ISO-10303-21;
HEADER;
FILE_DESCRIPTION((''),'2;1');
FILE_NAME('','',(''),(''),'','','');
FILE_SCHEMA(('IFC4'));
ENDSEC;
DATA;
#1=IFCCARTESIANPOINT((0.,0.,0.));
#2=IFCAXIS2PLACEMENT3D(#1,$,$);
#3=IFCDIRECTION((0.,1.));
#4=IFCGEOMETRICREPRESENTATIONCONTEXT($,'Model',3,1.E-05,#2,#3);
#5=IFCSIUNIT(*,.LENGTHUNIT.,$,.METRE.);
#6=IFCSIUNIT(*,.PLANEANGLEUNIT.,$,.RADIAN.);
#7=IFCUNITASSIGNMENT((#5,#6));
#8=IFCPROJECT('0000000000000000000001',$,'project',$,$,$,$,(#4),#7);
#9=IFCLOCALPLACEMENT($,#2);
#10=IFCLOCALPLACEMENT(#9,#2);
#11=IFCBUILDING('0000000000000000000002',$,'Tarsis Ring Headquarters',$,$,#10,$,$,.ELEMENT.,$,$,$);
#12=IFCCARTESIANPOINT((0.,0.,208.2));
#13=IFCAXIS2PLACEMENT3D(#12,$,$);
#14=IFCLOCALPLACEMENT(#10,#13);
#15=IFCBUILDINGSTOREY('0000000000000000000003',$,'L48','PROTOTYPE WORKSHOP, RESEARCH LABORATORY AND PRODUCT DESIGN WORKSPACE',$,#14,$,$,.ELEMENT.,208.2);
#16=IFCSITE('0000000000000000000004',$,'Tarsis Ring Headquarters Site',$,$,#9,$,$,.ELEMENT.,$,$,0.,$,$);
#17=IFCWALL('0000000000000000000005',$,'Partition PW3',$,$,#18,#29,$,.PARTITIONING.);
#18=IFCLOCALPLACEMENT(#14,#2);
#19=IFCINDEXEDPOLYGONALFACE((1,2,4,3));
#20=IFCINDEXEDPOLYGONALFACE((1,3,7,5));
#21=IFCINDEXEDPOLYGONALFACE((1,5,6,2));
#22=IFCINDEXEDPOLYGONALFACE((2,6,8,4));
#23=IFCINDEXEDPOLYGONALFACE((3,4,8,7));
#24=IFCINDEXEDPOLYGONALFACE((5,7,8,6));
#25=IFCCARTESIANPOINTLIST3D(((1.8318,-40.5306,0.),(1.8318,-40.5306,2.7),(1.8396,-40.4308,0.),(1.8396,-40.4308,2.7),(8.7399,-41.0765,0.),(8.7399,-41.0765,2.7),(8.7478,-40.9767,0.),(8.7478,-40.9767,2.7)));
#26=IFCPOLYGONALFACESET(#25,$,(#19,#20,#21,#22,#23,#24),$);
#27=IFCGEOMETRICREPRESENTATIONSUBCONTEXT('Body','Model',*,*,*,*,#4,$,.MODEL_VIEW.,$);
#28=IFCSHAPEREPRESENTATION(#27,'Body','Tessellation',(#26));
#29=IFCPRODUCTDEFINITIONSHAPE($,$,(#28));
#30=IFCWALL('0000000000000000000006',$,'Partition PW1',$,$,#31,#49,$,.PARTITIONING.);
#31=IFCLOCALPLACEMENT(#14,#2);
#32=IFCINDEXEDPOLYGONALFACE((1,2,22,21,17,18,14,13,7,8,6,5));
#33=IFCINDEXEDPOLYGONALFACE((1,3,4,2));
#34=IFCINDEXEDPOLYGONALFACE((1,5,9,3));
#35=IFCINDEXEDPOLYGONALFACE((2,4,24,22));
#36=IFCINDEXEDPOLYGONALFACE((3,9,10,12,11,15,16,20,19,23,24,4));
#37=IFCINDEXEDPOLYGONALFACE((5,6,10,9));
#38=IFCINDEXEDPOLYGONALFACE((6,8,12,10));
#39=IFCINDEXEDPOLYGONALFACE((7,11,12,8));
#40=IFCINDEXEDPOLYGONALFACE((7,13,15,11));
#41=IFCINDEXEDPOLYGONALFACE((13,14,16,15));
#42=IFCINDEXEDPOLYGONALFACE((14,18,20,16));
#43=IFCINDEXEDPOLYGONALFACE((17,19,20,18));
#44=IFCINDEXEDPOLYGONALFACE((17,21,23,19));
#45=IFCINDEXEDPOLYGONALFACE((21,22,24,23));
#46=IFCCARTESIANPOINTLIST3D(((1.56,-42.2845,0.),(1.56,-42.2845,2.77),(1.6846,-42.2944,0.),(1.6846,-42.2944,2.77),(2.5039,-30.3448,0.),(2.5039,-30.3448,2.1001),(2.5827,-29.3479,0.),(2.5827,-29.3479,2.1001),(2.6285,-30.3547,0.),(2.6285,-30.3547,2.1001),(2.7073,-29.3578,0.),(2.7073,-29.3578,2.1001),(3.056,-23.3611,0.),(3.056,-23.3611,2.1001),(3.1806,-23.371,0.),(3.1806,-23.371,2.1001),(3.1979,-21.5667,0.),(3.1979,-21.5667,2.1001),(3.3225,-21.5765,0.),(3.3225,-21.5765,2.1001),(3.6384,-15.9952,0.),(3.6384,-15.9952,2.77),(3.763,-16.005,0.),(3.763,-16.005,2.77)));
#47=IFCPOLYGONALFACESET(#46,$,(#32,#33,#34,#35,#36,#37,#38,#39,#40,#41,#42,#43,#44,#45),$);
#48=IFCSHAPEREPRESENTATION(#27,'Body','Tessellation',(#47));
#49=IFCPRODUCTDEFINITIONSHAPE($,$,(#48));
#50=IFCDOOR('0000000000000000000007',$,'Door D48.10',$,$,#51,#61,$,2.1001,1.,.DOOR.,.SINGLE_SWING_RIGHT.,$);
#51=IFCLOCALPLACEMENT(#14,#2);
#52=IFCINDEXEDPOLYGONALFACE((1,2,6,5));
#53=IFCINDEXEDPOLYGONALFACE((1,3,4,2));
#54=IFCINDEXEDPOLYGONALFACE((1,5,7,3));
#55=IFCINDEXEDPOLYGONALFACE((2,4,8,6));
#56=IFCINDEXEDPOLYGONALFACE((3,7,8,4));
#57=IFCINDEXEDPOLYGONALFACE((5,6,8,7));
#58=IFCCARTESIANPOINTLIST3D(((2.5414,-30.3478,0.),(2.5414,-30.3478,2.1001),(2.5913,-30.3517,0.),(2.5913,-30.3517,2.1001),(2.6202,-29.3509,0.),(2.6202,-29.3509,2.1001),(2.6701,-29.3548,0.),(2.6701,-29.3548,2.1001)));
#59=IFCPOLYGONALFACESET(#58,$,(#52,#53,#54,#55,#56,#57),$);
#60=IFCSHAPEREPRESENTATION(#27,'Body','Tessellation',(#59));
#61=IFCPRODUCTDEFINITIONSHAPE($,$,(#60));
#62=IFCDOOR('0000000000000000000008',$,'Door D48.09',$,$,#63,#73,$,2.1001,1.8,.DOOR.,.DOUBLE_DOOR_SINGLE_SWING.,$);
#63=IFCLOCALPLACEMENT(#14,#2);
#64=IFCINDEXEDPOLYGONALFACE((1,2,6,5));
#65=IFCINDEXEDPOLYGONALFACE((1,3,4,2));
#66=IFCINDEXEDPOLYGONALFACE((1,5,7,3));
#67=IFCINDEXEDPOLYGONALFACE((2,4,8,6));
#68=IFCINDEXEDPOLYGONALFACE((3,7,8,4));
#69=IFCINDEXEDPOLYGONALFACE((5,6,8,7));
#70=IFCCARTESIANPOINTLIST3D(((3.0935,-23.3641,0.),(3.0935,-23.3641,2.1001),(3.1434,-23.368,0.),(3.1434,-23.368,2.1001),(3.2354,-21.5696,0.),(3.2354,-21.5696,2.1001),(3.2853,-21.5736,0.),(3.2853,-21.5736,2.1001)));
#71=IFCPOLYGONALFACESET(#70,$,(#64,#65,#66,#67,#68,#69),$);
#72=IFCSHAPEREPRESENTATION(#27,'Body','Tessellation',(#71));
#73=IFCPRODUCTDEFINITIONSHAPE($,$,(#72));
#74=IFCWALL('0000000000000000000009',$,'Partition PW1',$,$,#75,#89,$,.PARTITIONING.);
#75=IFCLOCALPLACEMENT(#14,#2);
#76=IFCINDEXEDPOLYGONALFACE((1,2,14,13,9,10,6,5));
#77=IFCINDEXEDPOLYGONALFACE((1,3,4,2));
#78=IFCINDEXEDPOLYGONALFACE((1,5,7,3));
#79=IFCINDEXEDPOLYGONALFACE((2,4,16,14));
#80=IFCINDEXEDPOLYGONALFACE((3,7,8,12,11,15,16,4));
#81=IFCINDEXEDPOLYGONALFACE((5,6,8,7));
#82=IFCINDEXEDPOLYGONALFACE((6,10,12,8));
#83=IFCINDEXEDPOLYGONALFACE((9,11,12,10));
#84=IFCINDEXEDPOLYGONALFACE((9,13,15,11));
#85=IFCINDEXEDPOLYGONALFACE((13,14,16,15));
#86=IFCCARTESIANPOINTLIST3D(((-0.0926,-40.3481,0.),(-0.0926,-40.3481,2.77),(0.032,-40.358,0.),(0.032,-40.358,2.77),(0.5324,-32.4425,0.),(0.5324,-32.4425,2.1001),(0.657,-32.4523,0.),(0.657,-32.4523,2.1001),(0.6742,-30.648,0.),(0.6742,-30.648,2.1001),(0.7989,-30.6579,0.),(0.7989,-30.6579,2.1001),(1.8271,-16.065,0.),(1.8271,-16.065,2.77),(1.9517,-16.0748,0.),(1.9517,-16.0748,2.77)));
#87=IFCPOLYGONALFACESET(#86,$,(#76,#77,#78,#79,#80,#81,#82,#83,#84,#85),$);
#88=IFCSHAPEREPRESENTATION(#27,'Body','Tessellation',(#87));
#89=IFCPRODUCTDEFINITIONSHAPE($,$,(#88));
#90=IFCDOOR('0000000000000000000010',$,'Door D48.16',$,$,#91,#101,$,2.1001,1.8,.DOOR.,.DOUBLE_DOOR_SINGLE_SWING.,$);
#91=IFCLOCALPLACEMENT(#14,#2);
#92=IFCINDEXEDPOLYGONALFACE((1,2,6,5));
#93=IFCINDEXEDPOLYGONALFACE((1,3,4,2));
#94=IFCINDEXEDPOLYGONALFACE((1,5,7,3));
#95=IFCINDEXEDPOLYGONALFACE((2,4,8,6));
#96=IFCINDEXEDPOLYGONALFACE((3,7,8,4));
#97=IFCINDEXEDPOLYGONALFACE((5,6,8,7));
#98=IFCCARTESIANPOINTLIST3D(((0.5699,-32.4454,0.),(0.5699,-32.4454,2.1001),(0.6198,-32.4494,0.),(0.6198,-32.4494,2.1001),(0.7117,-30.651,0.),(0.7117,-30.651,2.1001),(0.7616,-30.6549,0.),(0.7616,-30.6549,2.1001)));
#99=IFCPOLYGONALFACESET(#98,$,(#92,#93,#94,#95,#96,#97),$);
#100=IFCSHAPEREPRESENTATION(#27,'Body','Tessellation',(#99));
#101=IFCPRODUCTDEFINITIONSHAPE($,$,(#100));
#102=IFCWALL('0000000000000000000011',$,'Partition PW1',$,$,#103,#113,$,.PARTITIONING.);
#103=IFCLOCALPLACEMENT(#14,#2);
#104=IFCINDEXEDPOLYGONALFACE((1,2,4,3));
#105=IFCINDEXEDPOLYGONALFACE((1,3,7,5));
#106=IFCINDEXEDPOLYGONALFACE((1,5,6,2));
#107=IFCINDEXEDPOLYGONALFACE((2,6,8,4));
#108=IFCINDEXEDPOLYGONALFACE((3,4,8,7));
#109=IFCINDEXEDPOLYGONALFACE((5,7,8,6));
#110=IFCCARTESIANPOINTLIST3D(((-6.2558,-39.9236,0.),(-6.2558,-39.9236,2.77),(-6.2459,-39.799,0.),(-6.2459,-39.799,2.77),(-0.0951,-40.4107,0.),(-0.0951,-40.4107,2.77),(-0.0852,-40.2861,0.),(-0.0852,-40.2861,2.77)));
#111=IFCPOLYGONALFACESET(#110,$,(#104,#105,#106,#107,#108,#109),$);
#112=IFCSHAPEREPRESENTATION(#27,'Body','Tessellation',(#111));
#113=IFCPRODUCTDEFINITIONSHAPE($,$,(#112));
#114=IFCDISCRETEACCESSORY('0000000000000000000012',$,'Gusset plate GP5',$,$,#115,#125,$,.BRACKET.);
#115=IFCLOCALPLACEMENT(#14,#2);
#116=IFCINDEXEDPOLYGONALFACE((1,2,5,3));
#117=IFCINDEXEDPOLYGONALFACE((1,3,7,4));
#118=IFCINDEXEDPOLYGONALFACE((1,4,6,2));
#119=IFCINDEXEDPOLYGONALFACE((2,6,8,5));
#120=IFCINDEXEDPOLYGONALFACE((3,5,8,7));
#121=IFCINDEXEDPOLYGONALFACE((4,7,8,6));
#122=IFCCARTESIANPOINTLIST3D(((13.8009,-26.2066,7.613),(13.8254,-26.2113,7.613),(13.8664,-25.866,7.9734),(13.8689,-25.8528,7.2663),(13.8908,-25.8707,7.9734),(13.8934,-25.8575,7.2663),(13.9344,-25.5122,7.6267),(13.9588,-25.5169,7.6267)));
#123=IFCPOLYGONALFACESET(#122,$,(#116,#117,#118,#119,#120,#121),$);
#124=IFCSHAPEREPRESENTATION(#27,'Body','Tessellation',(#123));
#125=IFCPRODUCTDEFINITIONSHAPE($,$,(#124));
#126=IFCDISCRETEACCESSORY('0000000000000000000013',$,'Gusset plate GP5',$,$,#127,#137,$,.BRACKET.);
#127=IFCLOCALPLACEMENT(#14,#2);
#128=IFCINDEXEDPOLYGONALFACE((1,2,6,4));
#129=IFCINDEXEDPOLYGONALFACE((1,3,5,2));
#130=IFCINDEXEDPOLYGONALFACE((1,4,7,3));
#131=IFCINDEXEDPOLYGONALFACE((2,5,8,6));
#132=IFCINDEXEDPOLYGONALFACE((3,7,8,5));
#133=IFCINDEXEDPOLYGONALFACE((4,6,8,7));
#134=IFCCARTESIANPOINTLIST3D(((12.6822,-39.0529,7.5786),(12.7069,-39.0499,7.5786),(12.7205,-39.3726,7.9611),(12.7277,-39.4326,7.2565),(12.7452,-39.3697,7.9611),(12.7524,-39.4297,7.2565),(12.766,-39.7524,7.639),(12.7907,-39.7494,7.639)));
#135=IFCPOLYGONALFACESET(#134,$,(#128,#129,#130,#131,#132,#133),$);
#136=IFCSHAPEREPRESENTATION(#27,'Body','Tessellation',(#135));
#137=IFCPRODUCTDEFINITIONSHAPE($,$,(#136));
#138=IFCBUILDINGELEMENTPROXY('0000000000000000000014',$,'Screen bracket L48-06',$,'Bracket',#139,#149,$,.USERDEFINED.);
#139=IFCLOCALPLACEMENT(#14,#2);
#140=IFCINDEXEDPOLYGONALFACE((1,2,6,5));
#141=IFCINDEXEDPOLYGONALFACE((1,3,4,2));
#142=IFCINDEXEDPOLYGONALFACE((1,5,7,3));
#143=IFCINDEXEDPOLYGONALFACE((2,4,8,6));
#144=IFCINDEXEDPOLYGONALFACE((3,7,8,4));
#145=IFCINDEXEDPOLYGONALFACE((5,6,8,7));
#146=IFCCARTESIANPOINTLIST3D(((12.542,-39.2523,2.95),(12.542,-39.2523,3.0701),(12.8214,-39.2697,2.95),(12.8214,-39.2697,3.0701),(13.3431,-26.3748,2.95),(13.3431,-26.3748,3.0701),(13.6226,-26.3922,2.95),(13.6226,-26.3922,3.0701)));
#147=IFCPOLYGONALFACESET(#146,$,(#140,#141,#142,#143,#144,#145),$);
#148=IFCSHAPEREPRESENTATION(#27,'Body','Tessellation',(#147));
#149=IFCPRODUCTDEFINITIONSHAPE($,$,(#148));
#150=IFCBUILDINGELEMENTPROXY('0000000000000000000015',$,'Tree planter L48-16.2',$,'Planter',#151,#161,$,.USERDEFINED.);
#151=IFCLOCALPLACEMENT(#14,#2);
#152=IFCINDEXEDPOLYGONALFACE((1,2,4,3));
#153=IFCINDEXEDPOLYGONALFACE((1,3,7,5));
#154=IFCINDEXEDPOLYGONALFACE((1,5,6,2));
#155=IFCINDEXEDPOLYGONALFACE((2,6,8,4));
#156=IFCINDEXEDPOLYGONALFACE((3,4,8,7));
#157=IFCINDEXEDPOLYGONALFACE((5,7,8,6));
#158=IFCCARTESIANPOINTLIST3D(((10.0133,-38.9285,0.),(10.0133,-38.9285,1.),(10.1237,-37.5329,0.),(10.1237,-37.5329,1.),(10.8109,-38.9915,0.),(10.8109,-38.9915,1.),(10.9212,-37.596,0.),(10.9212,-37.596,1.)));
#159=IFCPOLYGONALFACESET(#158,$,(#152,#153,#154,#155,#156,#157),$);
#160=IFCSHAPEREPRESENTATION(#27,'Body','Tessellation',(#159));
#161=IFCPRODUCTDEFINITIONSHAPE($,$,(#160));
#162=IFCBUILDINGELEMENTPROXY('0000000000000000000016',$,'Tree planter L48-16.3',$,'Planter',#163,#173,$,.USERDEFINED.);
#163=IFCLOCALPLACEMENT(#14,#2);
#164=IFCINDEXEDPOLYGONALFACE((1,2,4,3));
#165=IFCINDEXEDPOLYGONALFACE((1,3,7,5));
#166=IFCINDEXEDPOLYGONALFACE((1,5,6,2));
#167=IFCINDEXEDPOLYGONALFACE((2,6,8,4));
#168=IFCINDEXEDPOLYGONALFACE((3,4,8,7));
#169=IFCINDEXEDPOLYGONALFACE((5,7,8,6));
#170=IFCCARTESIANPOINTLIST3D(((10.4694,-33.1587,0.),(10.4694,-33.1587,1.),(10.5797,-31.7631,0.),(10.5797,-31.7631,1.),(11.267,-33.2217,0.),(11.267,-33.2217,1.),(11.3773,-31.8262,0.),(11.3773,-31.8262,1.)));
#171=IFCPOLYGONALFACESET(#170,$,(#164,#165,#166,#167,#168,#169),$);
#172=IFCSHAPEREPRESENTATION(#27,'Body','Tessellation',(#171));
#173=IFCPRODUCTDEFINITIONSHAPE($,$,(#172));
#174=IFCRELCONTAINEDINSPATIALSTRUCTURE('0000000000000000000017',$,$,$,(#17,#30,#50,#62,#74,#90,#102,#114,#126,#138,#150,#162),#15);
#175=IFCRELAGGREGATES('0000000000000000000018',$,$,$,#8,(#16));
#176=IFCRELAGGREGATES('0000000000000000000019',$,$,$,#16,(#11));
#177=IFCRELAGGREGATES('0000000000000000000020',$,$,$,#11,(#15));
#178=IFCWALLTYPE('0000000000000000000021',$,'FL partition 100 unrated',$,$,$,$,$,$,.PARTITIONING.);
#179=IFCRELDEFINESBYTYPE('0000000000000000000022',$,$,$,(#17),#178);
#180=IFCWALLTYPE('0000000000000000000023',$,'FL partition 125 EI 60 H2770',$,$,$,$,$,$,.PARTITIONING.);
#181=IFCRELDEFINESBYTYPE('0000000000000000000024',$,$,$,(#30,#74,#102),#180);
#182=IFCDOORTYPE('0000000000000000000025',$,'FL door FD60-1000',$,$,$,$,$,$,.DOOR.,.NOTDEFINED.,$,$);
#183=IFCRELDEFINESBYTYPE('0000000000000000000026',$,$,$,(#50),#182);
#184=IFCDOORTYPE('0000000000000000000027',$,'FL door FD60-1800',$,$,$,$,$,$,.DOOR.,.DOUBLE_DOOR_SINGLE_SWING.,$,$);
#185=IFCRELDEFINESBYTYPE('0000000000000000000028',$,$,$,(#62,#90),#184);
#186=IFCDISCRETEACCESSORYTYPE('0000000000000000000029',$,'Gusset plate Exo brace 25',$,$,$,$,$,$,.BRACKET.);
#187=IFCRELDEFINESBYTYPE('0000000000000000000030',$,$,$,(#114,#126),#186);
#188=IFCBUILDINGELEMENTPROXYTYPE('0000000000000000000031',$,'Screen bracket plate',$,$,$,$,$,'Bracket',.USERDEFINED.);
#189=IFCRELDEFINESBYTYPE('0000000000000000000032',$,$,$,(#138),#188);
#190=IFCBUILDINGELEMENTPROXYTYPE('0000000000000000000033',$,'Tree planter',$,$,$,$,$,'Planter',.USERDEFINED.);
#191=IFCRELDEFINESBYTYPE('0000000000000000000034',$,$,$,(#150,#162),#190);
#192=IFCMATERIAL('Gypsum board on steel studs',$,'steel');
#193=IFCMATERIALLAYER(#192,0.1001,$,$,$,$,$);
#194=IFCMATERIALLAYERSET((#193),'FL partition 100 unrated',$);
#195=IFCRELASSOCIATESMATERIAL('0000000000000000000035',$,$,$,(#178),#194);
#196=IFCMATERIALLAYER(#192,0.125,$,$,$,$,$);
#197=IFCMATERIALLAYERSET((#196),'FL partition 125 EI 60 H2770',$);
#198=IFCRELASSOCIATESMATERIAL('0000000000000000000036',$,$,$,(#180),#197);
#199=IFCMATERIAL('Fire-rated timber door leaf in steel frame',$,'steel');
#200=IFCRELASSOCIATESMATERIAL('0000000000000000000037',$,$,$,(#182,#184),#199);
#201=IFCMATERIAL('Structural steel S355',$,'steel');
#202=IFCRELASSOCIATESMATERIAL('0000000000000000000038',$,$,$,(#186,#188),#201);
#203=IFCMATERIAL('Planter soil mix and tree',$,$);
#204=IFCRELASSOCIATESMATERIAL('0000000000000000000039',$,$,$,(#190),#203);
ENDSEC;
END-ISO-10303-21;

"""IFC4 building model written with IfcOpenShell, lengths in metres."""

from ifc_helpers import new_model, si_unit, direction, frame, frame_2d, origin, origin_2d, place, context, subcontext, project, spatial, rectangle, extrude, material, layer, layer_set, material_profile, profile_set, type_object, element, fill, save


model = new_model("IFC4")

# Units and contexts
model_context = context("Model", 3, precision=1e-05, world=origin(), true_north=direction((0.0, 1.0)))
body_context = subcontext(model_context, "Body", "Model", "MODEL_VIEW")
ifc_project = project(units=[si_unit("LENGTHUNIT", "METRE"), si_unit("PLANEANGLEUNIT", "RADIAN")], contexts=[model_context])

# Site, building, storey
site_placement = place(None, origin())
site = spatial("IfcSite", under=ifc_project, at=site_placement, Name="Tarsis Ring Headquarters Site", CompositionType="ELEMENT", RefElevation=0.0)
building_placement = place(site_placement, origin())
building = spatial("IfcBuilding", under=site, at=building_placement, Name="Tarsis Ring Headquarters", CompositionType="ELEMENT")
storey_placement = place(building_placement, frame((0.0, 0.0, 208.2)))
storey = spatial("IfcBuildingStorey", under=building, at=storey_placement, Name="L48", Description="PROTOTYPE WORKSHOP, RESEARCH LABORATORY AND PRODUCT DESIGN WORKSPACE", CompositionType="ELEMENT", Elevation=208.2)

# Shared definitions
ifc_material_1 = material(Name="Structural steel S355", Category="steel")

# Wall
ifc_material_2 = material(Name="Gypsum board on steel studs", Category="steel")
ifc_layer_1 = layer(ifc_material_2, 0.1001)
ifc_layer_set_1 = layer_set([ifc_layer_1], Name="FL partition 100 unrated")
wall_type_1 = type_object("IfcWallType", Name="FL partition 100 unrated", PredefinedType="PARTITIONING", material=ifc_layer_set_1)
wall_1_placement = place(storey_placement, frame((1.8357, -40.4807, 0.0), z_axis=(0.0, 0.0, 1.0), x_axis=(0.996892, -0.078776, 0.0)))
element("IfcWall", 1, at=wall_1_placement, inside=storey, type_object=wall_type_1, Name="Partition PW3", PredefinedType="PARTITIONING", context=body_context, shape_type="SweptSolid", body=[
    extrude(rectangle(XDim=6.9297, YDim=0.1001, at=frame_2d((3.4648, 0.0))), origin(), (0.0, 0.0, 1.0), 2.7),
])

# Wall, openings, doors
ifc_layer_2 = layer(ifc_material_2, 0.125)
ifc_layer_set_2 = layer_set([ifc_layer_2], Name="FL partition 125 EI 60 H2770")
wall_type_2 = type_object("IfcWallType", Name="FL partition 125 EI 60 H2770", PredefinedType="PARTITIONING", material=ifc_layer_set_2)
wall_2_placement = place(storey_placement, frame((1.6223, -42.2893, 0.0), z_axis=(0.0, 0.0, 1.0), x_axis=(0.078812, 0.99689, 0.0)))
wall_2 = element("IfcWall", 2, at=wall_2_placement, inside=storey, type_object=wall_type_2, Name="Partition PW1", PredefinedType="PARTITIONING", context=body_context, shape_type="SweptSolid", body=[
    extrude(rectangle(XDim=26.3713, YDim=0.125, at=frame_2d((13.1855, 0.0))), origin(), (0.0, 0.0, 1.0), 2.77),
])
opening_1_placement = place(wall_2_placement, frame((18.9824, 0.0, 0.0)))
opening_1 = element("IfcOpeningElement", 3, at=opening_1_placement, cuts=wall_2, PredefinedType="OPENING", context=body_context, shape_type="SweptSolid", body=[
    extrude(rectangle(XDim=1.8, YDim=2.1001, at=frame_2d((0.8999, 1.05))), frame((0.0, 0.0725, 0.0), z_axis=(0.0, -1.0, 0.0), x_axis=(1.0, 0.0, 0.0)), (0.0, 0.0, 1.0), 0.145),
])
opening_2_placement = place(wall_2_placement, frame((11.9768, 0.0, 0.0)))
opening_2 = element("IfcOpeningElement", 4, at=opening_2_placement, cuts=wall_2, PredefinedType="OPENING", context=body_context, shape_type="SweptSolid", body=[
    extrude(rectangle(XDim=1.0, YDim=2.1001, at=frame_2d((0.5, 1.05))), frame((0.0, 0.0725, 0.0), z_axis=(0.0, -1.0, 0.0), x_axis=(1.0, 0.0, 0.0)), (0.0, 0.0, 1.0), 0.145),
])
ifc_material_3 = material(Name="Fire-rated timber door leaf in steel frame", Category="steel")
door_type_1 = type_object("IfcDoorType", Name="FL door FD60-1000", OperationType="NOTDEFINED", PredefinedType="DOOR", material=ifc_material_3)
door_1_placement = place(opening_2_placement, origin())
door_1 = element("IfcDoor", 5, at=door_1_placement, inside=storey, type_object=door_type_1, Name="Door D48.10", OperationType="SINGLE_SWING_RIGHT", OverallHeight=2.1001, OverallWidth=1.0, PredefinedType="DOOR", context=body_context, shape_type="SweptSolid", body=[
    extrude(rectangle(XDim=1.0, YDim=2.1001, at=frame_2d((0.5, 1.05))), frame((0.0, 0.0249, 0.0), z_axis=(0.0, -1.0, 0.0), x_axis=(1.0, 0.0, 0.0)), (0.0, 0.0, 1.0), 0.05),
])
fill(opening_2, door_1)
door_type_2 = type_object("IfcDoorType", Name="FL door FD60-1800", OperationType="DOUBLE_DOOR_SINGLE_SWING", PredefinedType="DOOR", material=ifc_material_3)
door_2_placement = place(opening_1_placement, origin())
door_2 = element("IfcDoor", 6, at=door_2_placement, inside=storey, type_object=door_type_2, Name="Door D48.09", OperationType="DOUBLE_DOOR_SINGLE_SWING", OverallHeight=2.1001, OverallWidth=1.8, PredefinedType="DOOR", context=body_context, shape_type="SweptSolid", body=[
    extrude(rectangle(XDim=1.8, YDim=2.1001, at=frame_2d((0.8999, 1.05))), frame((0.0, 0.0249, 0.0), z_axis=(0.0, -1.0, 0.0), x_axis=(1.0, 0.0, 0.0)), (0.0, 0.0, 1.0), 0.05),
])
fill(opening_1, door_2)

# Wall, opening, door
wall_3_placement = place(storey_placement, frame((-0.0303, -40.353, 0.0), z_axis=(0.0, 0.0, 1.0), x_axis=(0.078808, 0.99689, 0.0)))
wall_3 = element("IfcWall", 7, at=wall_3_placement, inside=storey, type_object=wall_type_2, Name="Partition PW1", PredefinedType="PARTITIONING", context=body_context, shape_type="SweptSolid", body=[
    extrude(rectangle(XDim=24.3589, YDim=0.125, at=frame_2d((12.1794, 0.0))), origin(), (0.0, 0.0, 1.0), 2.77),
])
opening_3_placement = place(wall_3_placement, frame((7.9304, 0.0, 0.0)))
opening_3 = element("IfcOpeningElement", 8, at=opening_3_placement, cuts=wall_3, PredefinedType="OPENING", context=body_context, shape_type="SweptSolid", body=[
    extrude(rectangle(XDim=1.8, YDim=2.1001, at=frame_2d((0.8999, 1.05))), frame((0.0, 0.0725, 0.0), z_axis=(0.0, -1.0, 0.0), x_axis=(1.0, 0.0, 0.0)), (0.0, 0.0, 1.0), 0.145),
])
door_3_placement = place(opening_3_placement, origin())
door_3 = element("IfcDoor", 9, at=door_3_placement, inside=storey, type_object=door_type_2, Name="Door D48.16", OperationType="DOUBLE_DOOR_SINGLE_SWING", OverallHeight=2.1001, OverallWidth=1.8, PredefinedType="DOOR", context=body_context, shape_type="SweptSolid", body=[
    extrude(rectangle(XDim=1.8, YDim=2.1001, at=frame_2d((0.8999, 1.05))), frame((0.0, 0.0249, 0.0), z_axis=(0.0, -1.0, 0.0), x_axis=(1.0, 0.0, 0.0)), (0.0, 0.0, 1.0), 0.05),
])
fill(opening_3, door_3)

# Wall
wall_4_placement = place(storey_placement, frame((-6.2507, -39.8613, 0.0), z_axis=(0.0, 0.0, 1.0), x_axis=(0.996889, -0.078814, 0.0)))
element("IfcWall", 10, at=wall_4_placement, inside=storey, type_object=wall_type_2, Name="Partition PW1", PredefinedType="PARTITIONING", context=body_context, shape_type="SweptSolid", body=[
    extrude(rectangle(XDim=6.1799, YDim=0.125, at=frame_2d((3.0898, 0.0))), origin(), (0.0, 0.0, 1.0), 2.77),
])

# Discrete accessories
ifc_material_profile_1 = material_profile(ifc_material_1, rectangle(XDim=0.0249, YDim=0.5, at=origin_2d()), Name="PL 25x500")
ifc_profile_set_1 = profile_set([ifc_material_profile_1], Name="Structural steel S355")
discrete_accessory_type = type_object("IfcDiscreteAccessoryType", Name="Gusset plate Exo brace 25", PredefinedType="BRACKET", material=ifc_profile_set_1)
discrete_accessory_1_placement = place(storey_placement, frame((13.9126, -25.6914, 7.8), z_axis=(-0.130826, -0.68098, -0.720521), x_axis=(0.982042, -0.188665, 0.0)))
element("IfcDiscreteAccessory", 11, at=discrete_accessory_1_placement, inside=storey, type_object=discrete_accessory_type, Name="Gusset plate GP5", PredefinedType="BRACKET", context=body_context, shape_type="SweptSolid", body=[
    extrude(rectangle(XDim=0.0249, YDim=0.5, at=origin_2d()), origin(), (0.0, 0.0, 1.0), 0.5002),
])
discrete_accessory_2_placement = place(storey_placement, frame((12.7556, -39.561, 7.8), z_axis=(-0.076642, 0.639501, -0.76496), x_axis=(-0.992895, -0.118996, 0.0)))
element("IfcDiscreteAccessory", 12, at=discrete_accessory_2_placement, inside=storey, type_object=discrete_accessory_type, Name="Gusset plate GP5", PredefinedType="BRACKET", context=body_context, shape_type="SweptSolid", body=[
    extrude(rectangle(XDim=0.0249, YDim=0.5, at=origin_2d()), origin(), (0.0, 0.0, 1.0), 0.5),
])

# Building element proxies
building_element_proxy_type_1 = type_object("IfcBuildingElementProxyType", Name="Screen bracket plate", ElementType="Bracket", PredefinedType="USERDEFINED", material=ifc_material_1)
proxy_placement = place(storey_placement, frame((13.0823, -32.8223, 2.95), z_axis=(0.0, 0.0, 1.0), x_axis=(0.062094, 0.99807, 0.0)))
element("IfcBuildingElementProxy", 13, at=proxy_placement, inside=storey, type_object=building_element_proxy_type_1, Name="Screen bracket L48-06", ObjectType="Bracket", PredefinedType="USERDEFINED", context=body_context, shape_type="SweptSolid", body=[
    extrude(rectangle(XDim=12.9023, YDim=0.28, at=origin_2d()), origin(), (0.0, 0.0, 1.0), 0.1201),
])
ifc_material_4 = material(Name="Planter soil mix and tree")
building_element_proxy_type_2 = type_object("IfcBuildingElementProxyType", Name="Tree planter", ElementType="Planter", PredefinedType="USERDEFINED", material=ifc_material_4)
for number, where, z_axis, x_axis, name in (
    (14, (10.4673, -38.2622, 0.0), (0.0, 0.0, 1.0), (0.078807, 0.99689, 0.0), "Tree planter L48-16.2"),
    (15, (10.9233, -32.4924, 0.0), (0.0, 0.0, 1.0), (0.078807, 0.99689, 0.0), "Tree planter L48-16.3"),
):
    element("IfcBuildingElementProxy", number, at=place(storey_placement, frame(where, z_axis=z_axis, x_axis=x_axis)), inside=storey, type_object=building_element_proxy_type_2, Name=name, ObjectType="Planter", PredefinedType="USERDEFINED", context=body_context, shape_type="SweptSolid", body=[
        extrude(rectangle(XDim=1.3999, YDim=0.8, at=origin_2d()), origin(), (0.0, 0.0, 1.0), 1.0),
    ])

save(model, "model.ifc")
